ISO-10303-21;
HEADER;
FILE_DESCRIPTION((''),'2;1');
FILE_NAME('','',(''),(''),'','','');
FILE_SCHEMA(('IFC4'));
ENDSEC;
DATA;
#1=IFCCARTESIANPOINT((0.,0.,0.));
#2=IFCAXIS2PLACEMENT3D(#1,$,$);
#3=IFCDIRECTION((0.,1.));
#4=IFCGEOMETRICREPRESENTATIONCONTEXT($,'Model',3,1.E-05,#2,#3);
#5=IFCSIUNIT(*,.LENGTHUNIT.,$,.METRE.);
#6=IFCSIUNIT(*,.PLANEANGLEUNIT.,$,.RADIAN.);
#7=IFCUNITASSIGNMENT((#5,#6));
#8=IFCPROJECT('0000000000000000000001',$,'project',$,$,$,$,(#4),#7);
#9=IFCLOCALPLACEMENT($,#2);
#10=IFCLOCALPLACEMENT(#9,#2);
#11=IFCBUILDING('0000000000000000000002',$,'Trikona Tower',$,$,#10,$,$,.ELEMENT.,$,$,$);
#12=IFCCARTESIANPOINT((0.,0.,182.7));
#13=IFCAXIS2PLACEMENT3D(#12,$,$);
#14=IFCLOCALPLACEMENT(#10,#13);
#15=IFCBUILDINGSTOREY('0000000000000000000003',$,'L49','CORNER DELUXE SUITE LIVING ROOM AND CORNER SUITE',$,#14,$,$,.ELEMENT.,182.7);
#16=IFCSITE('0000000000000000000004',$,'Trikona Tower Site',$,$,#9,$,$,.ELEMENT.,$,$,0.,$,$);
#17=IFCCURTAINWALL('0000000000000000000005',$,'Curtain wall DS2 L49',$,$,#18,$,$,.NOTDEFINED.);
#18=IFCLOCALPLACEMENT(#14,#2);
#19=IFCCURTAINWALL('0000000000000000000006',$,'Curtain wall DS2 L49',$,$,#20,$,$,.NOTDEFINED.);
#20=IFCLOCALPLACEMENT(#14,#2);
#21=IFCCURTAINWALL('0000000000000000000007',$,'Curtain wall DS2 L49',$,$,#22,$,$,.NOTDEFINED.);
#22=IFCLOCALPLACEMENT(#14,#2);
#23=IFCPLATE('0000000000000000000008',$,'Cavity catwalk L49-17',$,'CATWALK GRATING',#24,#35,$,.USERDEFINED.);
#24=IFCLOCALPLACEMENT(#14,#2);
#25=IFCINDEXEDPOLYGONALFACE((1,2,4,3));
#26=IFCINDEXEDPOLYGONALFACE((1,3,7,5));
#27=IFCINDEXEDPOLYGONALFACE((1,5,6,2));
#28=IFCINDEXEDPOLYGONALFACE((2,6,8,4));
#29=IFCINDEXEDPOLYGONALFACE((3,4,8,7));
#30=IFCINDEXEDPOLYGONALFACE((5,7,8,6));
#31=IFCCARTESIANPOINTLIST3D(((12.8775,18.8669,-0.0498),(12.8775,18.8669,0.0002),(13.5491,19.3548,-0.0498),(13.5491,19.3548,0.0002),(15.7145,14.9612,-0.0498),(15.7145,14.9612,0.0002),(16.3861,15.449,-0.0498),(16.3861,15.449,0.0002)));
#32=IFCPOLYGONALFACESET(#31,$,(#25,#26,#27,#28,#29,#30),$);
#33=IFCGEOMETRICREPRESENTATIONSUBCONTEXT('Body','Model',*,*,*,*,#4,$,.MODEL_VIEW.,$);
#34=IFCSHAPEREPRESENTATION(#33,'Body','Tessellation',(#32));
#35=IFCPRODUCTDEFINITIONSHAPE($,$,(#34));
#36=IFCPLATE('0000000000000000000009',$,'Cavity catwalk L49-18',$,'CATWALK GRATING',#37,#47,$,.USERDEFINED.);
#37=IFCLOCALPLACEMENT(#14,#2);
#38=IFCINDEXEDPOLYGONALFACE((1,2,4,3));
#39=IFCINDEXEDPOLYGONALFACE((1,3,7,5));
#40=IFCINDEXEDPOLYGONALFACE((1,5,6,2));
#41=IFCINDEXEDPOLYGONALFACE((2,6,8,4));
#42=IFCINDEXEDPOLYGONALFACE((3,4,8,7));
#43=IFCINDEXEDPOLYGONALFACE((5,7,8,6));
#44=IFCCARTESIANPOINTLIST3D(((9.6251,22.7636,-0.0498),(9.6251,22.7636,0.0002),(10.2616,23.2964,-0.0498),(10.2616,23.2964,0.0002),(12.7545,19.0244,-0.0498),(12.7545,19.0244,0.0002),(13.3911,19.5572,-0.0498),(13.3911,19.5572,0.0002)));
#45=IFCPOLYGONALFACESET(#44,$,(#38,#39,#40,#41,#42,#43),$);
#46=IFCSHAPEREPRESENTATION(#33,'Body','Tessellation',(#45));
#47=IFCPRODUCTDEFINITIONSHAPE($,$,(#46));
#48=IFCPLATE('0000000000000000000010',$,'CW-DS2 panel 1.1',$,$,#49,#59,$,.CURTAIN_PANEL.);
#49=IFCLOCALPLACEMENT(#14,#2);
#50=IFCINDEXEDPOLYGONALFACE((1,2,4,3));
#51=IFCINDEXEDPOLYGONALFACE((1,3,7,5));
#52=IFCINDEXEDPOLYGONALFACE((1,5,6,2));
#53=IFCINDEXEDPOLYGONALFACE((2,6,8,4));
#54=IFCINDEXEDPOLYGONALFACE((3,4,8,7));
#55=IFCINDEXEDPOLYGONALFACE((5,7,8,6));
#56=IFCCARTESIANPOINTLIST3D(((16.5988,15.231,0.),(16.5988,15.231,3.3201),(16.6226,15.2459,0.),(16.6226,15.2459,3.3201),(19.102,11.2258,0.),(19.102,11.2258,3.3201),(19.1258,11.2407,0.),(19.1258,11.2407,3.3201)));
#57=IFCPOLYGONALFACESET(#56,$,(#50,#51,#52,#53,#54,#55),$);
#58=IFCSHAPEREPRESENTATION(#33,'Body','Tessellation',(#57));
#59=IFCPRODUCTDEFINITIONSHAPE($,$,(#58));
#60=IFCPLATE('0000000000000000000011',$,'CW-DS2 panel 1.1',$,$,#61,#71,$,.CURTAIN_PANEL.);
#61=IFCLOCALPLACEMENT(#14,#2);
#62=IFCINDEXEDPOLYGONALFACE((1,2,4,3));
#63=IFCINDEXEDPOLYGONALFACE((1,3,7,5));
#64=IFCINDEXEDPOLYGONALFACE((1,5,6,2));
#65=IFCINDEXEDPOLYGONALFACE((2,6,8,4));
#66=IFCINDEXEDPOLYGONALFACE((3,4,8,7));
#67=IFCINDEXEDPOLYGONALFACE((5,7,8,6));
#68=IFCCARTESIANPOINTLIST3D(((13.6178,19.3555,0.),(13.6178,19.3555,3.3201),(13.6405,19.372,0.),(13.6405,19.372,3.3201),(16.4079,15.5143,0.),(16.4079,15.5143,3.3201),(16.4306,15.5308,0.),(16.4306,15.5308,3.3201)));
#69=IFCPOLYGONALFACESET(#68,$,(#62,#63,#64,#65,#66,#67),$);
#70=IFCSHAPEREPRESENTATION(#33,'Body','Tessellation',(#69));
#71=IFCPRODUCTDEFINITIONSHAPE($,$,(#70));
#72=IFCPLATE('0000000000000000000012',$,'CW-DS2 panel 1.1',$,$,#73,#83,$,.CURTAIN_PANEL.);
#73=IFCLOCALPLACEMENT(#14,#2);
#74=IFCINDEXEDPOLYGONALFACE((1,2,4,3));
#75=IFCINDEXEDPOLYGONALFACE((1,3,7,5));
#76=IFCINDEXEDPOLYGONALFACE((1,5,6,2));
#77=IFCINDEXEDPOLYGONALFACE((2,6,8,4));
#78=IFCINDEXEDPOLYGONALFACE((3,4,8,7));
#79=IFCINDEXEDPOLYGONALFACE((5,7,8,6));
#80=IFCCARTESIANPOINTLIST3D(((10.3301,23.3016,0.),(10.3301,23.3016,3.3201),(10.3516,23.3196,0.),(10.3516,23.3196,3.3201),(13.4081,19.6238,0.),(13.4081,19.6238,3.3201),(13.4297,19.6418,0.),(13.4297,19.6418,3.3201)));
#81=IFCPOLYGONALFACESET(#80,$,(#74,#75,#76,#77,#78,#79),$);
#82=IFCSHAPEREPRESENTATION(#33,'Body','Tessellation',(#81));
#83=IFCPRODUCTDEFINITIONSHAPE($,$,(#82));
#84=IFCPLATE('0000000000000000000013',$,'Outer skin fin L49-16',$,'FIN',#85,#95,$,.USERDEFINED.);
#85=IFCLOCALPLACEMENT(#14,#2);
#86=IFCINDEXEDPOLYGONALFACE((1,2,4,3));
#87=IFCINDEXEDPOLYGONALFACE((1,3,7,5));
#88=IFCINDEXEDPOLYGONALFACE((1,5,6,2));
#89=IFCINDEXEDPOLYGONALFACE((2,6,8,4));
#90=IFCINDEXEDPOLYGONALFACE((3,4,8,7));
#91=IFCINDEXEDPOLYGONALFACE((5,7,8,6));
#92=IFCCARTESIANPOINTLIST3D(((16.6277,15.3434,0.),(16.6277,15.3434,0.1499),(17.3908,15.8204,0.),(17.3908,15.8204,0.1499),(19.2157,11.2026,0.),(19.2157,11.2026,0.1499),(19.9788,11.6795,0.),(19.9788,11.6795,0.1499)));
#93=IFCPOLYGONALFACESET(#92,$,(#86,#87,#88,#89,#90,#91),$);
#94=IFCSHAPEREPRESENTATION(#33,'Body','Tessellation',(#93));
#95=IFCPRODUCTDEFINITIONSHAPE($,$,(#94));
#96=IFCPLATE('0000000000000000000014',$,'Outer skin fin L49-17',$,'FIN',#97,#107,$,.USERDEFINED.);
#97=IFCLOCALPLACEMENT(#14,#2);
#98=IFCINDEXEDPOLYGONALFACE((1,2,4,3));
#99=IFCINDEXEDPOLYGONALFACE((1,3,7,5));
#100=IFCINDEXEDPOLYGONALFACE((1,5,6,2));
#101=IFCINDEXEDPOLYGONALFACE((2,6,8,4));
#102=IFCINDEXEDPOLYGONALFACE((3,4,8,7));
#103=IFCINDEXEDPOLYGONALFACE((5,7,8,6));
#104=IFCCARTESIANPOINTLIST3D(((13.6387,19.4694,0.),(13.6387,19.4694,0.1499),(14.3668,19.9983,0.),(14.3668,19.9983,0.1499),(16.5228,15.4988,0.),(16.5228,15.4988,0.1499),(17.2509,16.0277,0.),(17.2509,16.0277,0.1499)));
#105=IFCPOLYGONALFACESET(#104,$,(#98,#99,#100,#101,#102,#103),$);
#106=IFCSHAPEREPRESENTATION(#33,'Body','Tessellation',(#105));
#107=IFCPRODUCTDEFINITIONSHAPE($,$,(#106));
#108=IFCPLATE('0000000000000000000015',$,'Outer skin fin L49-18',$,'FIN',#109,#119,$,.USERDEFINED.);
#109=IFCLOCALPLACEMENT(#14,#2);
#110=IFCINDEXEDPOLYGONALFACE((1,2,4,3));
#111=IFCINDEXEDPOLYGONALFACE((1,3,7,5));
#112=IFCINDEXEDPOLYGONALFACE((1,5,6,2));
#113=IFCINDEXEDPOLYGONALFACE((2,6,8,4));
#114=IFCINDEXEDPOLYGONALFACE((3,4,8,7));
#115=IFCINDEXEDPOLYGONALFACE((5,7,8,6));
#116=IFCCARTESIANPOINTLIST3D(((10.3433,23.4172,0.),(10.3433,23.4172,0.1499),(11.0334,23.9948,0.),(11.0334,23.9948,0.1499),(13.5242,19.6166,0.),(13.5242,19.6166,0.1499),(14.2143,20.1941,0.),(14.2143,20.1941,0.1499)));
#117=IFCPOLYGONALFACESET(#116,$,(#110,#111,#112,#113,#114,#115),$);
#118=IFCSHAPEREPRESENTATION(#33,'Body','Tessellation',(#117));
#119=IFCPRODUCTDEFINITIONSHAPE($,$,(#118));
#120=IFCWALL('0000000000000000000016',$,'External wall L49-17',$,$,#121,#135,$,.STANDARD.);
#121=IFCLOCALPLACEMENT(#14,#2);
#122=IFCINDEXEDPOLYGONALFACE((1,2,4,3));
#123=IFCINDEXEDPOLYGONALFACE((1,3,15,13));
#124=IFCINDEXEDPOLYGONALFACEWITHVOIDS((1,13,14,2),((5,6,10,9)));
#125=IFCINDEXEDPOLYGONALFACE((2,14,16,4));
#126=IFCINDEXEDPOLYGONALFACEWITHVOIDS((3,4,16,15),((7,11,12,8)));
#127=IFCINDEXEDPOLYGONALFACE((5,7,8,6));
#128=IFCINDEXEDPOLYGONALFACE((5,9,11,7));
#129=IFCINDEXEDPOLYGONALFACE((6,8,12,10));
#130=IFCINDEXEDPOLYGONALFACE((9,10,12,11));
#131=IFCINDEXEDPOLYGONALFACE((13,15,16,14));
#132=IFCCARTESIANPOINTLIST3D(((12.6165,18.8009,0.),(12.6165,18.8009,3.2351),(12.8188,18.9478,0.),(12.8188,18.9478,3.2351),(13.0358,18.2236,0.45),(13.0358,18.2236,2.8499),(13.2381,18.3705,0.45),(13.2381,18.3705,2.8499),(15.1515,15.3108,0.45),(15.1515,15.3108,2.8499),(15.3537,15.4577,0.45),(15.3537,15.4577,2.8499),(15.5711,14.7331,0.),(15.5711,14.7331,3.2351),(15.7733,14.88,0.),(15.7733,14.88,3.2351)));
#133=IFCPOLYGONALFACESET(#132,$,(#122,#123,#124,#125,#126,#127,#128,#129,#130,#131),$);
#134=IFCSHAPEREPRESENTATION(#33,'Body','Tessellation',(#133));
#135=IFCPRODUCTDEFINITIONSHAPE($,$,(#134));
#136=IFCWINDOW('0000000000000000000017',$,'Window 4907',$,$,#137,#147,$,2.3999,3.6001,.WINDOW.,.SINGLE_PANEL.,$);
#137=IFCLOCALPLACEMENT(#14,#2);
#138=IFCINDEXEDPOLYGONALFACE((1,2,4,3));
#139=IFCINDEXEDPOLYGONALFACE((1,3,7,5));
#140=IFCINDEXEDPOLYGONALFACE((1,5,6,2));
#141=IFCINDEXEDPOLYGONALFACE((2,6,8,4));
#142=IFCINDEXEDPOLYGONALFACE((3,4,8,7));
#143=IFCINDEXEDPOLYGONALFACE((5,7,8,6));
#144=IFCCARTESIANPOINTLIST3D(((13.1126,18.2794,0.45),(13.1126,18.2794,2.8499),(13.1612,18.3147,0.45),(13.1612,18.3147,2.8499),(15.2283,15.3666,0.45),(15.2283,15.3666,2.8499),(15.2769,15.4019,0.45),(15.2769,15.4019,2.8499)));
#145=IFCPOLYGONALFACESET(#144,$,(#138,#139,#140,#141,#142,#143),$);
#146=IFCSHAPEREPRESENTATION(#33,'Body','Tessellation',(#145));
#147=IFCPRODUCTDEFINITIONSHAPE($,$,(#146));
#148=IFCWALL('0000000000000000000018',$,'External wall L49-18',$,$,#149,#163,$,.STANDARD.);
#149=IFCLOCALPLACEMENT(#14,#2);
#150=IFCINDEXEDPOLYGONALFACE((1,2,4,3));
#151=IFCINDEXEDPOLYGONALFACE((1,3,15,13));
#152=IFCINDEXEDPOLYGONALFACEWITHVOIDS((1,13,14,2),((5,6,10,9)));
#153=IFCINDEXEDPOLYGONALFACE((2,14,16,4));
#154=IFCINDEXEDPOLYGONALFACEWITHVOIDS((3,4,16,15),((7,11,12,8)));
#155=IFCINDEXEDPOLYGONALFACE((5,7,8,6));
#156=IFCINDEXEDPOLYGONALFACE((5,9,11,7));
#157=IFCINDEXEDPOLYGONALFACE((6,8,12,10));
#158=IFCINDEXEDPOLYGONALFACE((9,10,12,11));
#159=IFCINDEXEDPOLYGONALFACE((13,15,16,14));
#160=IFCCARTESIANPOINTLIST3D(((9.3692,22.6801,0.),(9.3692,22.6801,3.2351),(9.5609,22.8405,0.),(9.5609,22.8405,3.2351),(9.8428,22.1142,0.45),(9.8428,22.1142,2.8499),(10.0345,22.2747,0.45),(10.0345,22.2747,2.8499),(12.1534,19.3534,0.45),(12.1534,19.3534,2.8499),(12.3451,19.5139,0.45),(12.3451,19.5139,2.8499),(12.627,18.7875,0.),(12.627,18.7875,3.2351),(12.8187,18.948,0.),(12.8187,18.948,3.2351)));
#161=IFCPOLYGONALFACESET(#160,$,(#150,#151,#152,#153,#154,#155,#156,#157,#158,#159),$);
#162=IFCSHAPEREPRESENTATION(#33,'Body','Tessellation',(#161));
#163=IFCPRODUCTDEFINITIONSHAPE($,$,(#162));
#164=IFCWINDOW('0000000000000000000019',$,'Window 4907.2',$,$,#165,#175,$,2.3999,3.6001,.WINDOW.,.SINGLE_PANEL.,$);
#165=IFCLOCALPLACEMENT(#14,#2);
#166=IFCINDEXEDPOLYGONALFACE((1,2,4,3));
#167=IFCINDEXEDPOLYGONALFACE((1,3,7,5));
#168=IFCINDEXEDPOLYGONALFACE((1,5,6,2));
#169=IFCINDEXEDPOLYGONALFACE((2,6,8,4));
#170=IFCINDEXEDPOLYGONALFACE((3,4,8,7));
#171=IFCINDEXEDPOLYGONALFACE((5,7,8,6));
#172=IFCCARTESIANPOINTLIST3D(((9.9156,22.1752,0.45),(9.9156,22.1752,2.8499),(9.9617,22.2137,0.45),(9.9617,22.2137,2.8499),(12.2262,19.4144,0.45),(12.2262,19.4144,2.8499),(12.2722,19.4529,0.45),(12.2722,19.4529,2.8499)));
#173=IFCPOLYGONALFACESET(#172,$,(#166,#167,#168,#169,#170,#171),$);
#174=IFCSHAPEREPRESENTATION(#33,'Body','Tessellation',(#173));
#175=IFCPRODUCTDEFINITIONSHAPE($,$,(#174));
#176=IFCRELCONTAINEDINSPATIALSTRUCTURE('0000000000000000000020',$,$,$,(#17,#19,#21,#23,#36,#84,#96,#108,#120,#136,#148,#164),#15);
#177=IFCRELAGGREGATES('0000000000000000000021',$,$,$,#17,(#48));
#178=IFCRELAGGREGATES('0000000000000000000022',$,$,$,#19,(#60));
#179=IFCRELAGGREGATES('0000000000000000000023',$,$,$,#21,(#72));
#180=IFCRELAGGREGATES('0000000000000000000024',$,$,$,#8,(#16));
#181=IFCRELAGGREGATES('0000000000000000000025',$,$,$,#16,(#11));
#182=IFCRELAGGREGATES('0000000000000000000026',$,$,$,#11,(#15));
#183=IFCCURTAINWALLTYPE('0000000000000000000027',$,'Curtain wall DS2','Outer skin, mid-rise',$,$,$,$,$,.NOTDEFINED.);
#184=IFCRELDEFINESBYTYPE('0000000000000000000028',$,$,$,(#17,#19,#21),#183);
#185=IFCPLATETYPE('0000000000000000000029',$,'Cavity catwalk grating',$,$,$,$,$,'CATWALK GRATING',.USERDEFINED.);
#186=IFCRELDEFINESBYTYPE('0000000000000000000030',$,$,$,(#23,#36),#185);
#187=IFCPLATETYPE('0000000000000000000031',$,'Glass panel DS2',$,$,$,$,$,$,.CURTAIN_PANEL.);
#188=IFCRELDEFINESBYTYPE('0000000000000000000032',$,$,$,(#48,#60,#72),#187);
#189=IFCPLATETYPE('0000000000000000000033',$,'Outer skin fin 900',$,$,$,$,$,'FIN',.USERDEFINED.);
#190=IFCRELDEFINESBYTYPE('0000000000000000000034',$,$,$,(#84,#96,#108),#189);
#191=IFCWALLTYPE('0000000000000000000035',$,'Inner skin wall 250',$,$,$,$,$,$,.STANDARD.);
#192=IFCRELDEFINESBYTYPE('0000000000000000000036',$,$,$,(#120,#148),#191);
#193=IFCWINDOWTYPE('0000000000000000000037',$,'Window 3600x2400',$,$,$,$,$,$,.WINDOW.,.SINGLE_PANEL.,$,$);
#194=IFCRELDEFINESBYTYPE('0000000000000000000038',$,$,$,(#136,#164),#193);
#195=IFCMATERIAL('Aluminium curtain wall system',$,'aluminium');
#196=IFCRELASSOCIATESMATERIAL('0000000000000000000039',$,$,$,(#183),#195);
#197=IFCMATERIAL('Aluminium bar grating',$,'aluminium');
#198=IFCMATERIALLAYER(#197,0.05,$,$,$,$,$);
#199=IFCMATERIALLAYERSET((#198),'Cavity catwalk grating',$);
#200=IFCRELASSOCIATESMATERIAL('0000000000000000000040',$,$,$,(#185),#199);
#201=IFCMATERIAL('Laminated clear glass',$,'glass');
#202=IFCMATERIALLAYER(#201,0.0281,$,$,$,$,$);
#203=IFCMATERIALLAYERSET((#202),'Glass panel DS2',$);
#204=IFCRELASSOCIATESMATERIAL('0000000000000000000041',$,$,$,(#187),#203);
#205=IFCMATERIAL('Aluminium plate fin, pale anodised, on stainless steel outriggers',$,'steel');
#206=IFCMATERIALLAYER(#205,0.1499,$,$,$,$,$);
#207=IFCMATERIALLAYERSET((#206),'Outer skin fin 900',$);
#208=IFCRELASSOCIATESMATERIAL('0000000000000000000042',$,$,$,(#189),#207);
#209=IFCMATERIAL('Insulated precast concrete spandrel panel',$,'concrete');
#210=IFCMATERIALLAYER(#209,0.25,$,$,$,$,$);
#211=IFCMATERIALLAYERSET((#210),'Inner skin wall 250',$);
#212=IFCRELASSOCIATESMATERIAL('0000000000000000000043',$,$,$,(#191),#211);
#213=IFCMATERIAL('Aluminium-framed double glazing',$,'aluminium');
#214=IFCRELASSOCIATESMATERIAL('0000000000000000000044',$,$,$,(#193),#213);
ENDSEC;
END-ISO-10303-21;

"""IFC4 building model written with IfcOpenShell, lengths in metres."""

from ifc_helpers import new_model, si_unit, direction, frame, frame_2d, origin, origin_2d, place, context, subcontext, project, spatial, rectangle, extrude, material, layer, layer_set, type_object, element, fill, aggregate, save


model = new_model("IFC4")

# Units and contexts
model_context = context("Model", 3, precision=1e-05, world=origin(), true_north=direction((0.0, 1.0)))
body_context = subcontext(model_context, "Body", "Model", "MODEL_VIEW")
ifc_project = project(units=[si_unit("LENGTHUNIT", "METRE"), si_unit("PLANEANGLEUNIT", "RADIAN")], contexts=[model_context])

# Site, building, storey
site_placement = place(None, origin())
site = spatial("IfcSite", under=ifc_project, at=site_placement, Name="Trikona Tower Site", CompositionType="ELEMENT", RefElevation=0.0)
building_placement = place(site_placement, origin())
building = spatial("IfcBuilding", under=site, at=building_placement, Name="Trikona Tower", CompositionType="ELEMENT")
storey_placement = place(building_placement, frame((0.0, 0.0, 182.7)))
storey = spatial("IfcBuildingStorey", under=building, at=storey_placement, Name="L49", Description="CORNER DELUXE SUITE LIVING ROOM AND CORNER SUITE", CompositionType="ELEMENT", Elevation=182.7)

# Curtain walls
ifc_material_1 = material(Name="Aluminium curtain wall system", Category="aluminium")
curtain_wall_type = type_object("IfcCurtainWallType", Name="Curtain wall DS2", Description="Outer skin, mid-rise", PredefinedType="NOTDEFINED", material=ifc_material_1)
curtain_wall_1_placement = place(storey_placement, origin())
curtain_wall_1 = element("IfcCurtainWall", 1, at=curtain_wall_1_placement, inside=storey, type_object=curtain_wall_type, Name="Curtain wall DS2 L49", PredefinedType="NOTDEFINED")
curtain_wall_2_placement = place(storey_placement, origin())
curtain_wall_2 = element("IfcCurtainWall", 2, at=curtain_wall_2_placement, inside=storey, type_object=curtain_wall_type, Name="Curtain wall DS2 L49", PredefinedType="NOTDEFINED")
curtain_wall_3_placement = place(storey_placement, origin())
curtain_wall_3 = element("IfcCurtainWall", 3, at=curtain_wall_3_placement, inside=storey, type_object=curtain_wall_type, Name="Curtain wall DS2 L49", PredefinedType="NOTDEFINED")

# Plates
ifc_material_2 = material(Name="Aluminium bar grating", Category="aluminium")
ifc_layer_1 = layer(ifc_material_2, 0.05)
ifc_layer_set_1 = layer_set([ifc_layer_1], Name="Cavity catwalk grating")
plate_type_1 = type_object("IfcPlateType", Name="Cavity catwalk grating", ElementType="CATWALK GRATING", PredefinedType="USERDEFINED", material=ifc_layer_set_1)
plate_1_placement = place(storey_placement, frame((14.6318, 17.158, -0.0498), z_axis=(0.0, 0.0, 1.0), x_axis=(-0.587686, 0.809089, 0.0)))
element("IfcPlate", 4, at=plate_1_placement, inside=storey, type_object=plate_type_1, Name="Cavity catwalk L49-17", ObjectType="CATWALK GRATING", PredefinedType="USERDEFINED", context=body_context, shape_type="SweptSolid", body=[
    extrude(rectangle(XDim=4.8274, YDim=0.8301, at=origin_2d()), origin(), (0.0, 0.0, 1.0), 0.05),
])
plate_2_placement = place(storey_placement, frame((11.5081, 21.1604, -0.0498), z_axis=(0.0, 0.0, 1.0), x_axis=(-0.641807, 0.766866, 0.0)))
element("IfcPlate", 5, at=plate_2_placement, inside=storey, type_object=plate_type_1, Name="Cavity catwalk L49-18", ObjectType="CATWALK GRATING", PredefinedType="USERDEFINED", context=body_context, shape_type="SweptSolid", body=[
    extrude(rectangle(XDim=4.876, YDim=0.8301, at=origin_2d()), origin(), (0.0, 0.0, 1.0), 0.05),
])

# Plates
ifc_material_3 = material(Name="Laminated clear glass", Category="glass")
ifc_layer_2 = layer(ifc_material_3, 0.0281)
ifc_layer_set_2 = layer_set([ifc_layer_2], Name="Glass panel DS2")
plate_type_2 = type_object("IfcPlateType", Name="Glass panel DS2", PredefinedType="CURTAIN_PANEL", material=ifc_layer_set_2)
plate_3_placement = place(storey_placement, frame((17.8623, 13.2358, 0.0), z_axis=(0.0, 0.0, 1.0), x_axis=(-0.529999, 0.847998, 0.0)))
plate_3 = element("IfcPlate", 6, at=plate_3_placement, type_object=plate_type_2, Name="CW-DS2 panel 1.1", PredefinedType="CURTAIN_PANEL", context=body_context, shape_type="SweptSolid", body=[
    extrude(rectangle(XDim=4.7231, YDim=0.0281, at=origin_2d()), origin(), (0.0, 0.0, 1.0), 3.3201),
])
aggregate(curtain_wall_1, [plate_3])
plate_4_placement = place(storey_placement, frame((15.0242, 17.4431, 0.0), z_axis=(0.0, 0.0, 1.0), x_axis=(-0.587691, 0.809086, 0.0)))
plate_4 = element("IfcPlate", 7, at=plate_4_placement, type_object=plate_type_2, Name="CW-DS2 panel 1.1", PredefinedType="CURTAIN_PANEL", context=body_context, shape_type="SweptSolid", body=[
    extrude(rectangle(XDim=4.7476, YDim=0.0281, at=origin_2d()), origin(), (0.0, 0.0, 1.0), 3.3201),
])
aggregate(curtain_wall_2, [plate_4])
plate_5_placement = place(storey_placement, frame((11.8799, 21.4717, 0.0), z_axis=(0.0, 0.0, 1.0), x_axis=(-0.641806, 0.766867, 0.0)))
plate_5 = element("IfcPlate", 8, at=plate_5_placement, type_object=plate_type_2, Name="CW-DS2 panel 1.1", PredefinedType="CURTAIN_PANEL", context=body_context, shape_type="SweptSolid", body=[
    extrude(rectangle(XDim=4.7959, YDim=0.0281, at=origin_2d()), origin(), (0.0, 0.0, 1.0), 3.3201),
])
aggregate(curtain_wall_3, [plate_5])

# Plates
ifc_material_4 = material(Name="Aluminium plate fin, pale anodised, on stainless steel outriggers", Category="steel")
ifc_layer_3 = layer(ifc_material_4, 0.1499)
ifc_layer_set_3 = layer_set([ifc_layer_3], Name="Outer skin fin 900")
plate_type_3 = type_object("IfcPlateType", Name="Outer skin fin 900", ElementType="FIN", PredefinedType="USERDEFINED", material=ifc_layer_set_3)
plate_6_placement = place(storey_placement, frame((18.3032, 13.5115, 0.0), z_axis=(0.0, 0.0, 1.0), x_axis=(-0.529995, 0.848001, 0.0)))
element("IfcPlate", 9, at=plate_6_placement, inside=storey, type_object=plate_type_3, Name="Outer skin fin L49-16", ObjectType="FIN", PredefinedType="USERDEFINED", context=body_context, shape_type="SweptSolid", body=[
    extrude(rectangle(XDim=4.8831, YDim=0.8999, at=origin_2d()), origin(), (0.0, 0.0, 1.0), 0.1499),
])
plate_7_placement = place(storey_placement, frame((15.4448, 17.7485, 0.0), z_axis=(0.0, 0.0, 1.0), x_axis=(-0.587686, 0.809089, 0.0)))
element("IfcPlate", 10, at=plate_7_placement, inside=storey, type_object=plate_type_3, Name="Outer skin fin L49-17", ObjectType="FIN", PredefinedType="USERDEFINED", context=body_context, shape_type="SweptSolid", body=[
    extrude(rectangle(XDim=4.9075, YDim=0.8999, at=origin_2d()), origin(), (0.0, 0.0, 1.0), 0.1499),
])
plate_8_placement = place(storey_placement, frame((12.2788, 21.8057, 0.0), z_axis=(0.0, 0.0, 1.0), x_axis=(-0.641807, 0.766866, 0.0)))
element("IfcPlate", 11, at=plate_8_placement, inside=storey, type_object=plate_type_3, Name="Outer skin fin L49-18", ObjectType="FIN", PredefinedType="USERDEFINED", context=body_context, shape_type="SweptSolid", body=[
    extrude(rectangle(XDim=4.9561, YDim=0.8999, at=origin_2d()), origin(), (0.0, 0.0, 1.0), 0.1499),
])

# Walls, openings, windows
ifc_material_5 = material(Name="Insulated precast concrete spandrel panel", Category="concrete")
ifc_layer_4 = layer(ifc_material_5, 0.25)
ifc_layer_set_4 = layer_set([ifc_layer_4], Name="Inner skin wall 250")
wall_type = type_object("IfcWallType", Name="Inner skin wall 250", PredefinedType="STANDARD", material=ifc_layer_set_4)
wall_1_placement = place(storey_placement, frame((15.6721, 14.8066, 0.0), z_axis=(0.0, 0.0, 1.0), x_axis=(-0.587669, 0.809101, 0.0)))
wall_1 = element("IfcWall", 12, at=wall_1_placement, inside=storey, type_object=wall_type, Name="External wall L49-17", PredefinedType="STANDARD", context=body_context, shape_type="SweptSolid", body=[
    extrude(rectangle(XDim=5.0276, YDim=0.25, at=frame_2d((2.5137, 0.0))), origin(), (0.0, 0.0, 1.0), 3.2351),
])
opening_1_placement = place(wall_1_placement, frame((0.7139, 0.0, 0.45)))
opening_1 = element("IfcOpeningElement", 13, at=opening_1_placement, cuts=wall_1, PredefinedType="OPENING", context=body_context, shape_type="SweptSolid", body=[
    extrude(rectangle(XDim=3.6001, YDim=2.3999, at=frame_2d((1.8, 1.2))), frame((0.0, 0.135, 0.0), z_axis=(0.0, -1.0, 0.0), x_axis=(1.0, 0.0, 0.0)), (0.0, 0.0, 1.0), 0.27),
])
ifc_material_6 = material(Name="Aluminium-framed double glazing", Category="aluminium")
window_type = type_object("IfcWindowType", Name="Window 3600x2400", PartitioningType="SINGLE_PANEL", PredefinedType="WINDOW", material=ifc_material_6)
window_1_placement = place(opening_1_placement, origin())
window_1 = element("IfcWindow", 14, at=window_1_placement, inside=storey, type_object=window_type, Name="Window 4907", OverallHeight=2.3999, OverallWidth=3.6001, PartitioningType="SINGLE_PANEL", PredefinedType="WINDOW", context=body_context, shape_type="SweptSolid", body=[
    extrude(rectangle(XDim=3.6001, YDim=2.3999, at=frame_2d((1.8, 1.2))), frame((0.0, 0.03, 0.0), z_axis=(0.0, -1.0, 0.0), x_axis=(1.0, 0.0, 0.0)), (0.0, 0.0, 1.0), 0.0601),
])
fill(opening_1, window_1)
wall_2_placement = place(storey_placement, frame((12.7229, 18.8677, 0.0), z_axis=(0.0, 0.0, 1.0), x_axis=(-0.64181, 0.766863, 0.0)))
wall_2 = element("IfcWall", 15, at=wall_2_placement, inside=storey, type_object=wall_type, Name="External wall L49-18", PredefinedType="STANDARD", context=body_context, shape_type="SweptSolid", body=[
    extrude(rectangle(XDim=5.0759, YDim=0.25, at=frame_2d((2.5381, 0.0))), origin(), (0.0, 0.0, 1.0), 3.2351),
])
opening_2_placement = place(wall_2_placement, frame((0.738, 0.0, 0.45)))
opening_2 = element("IfcOpeningElement", 16, at=opening_2_placement, cuts=wall_2, PredefinedType="OPENING", context=body_context, shape_type="SweptSolid", body=[
    extrude(rectangle(XDim=3.6001, YDim=2.3999, at=frame_2d((1.8, 1.2))), frame((0.0, 0.135, 0.0), z_axis=(0.0, -1.0, 0.0), x_axis=(1.0, 0.0, 0.0)), (0.0, 0.0, 1.0), 0.27),
])
window_2_placement = place(opening_2_placement, origin())
window_2 = element("IfcWindow", 17, at=window_2_placement, inside=storey, type_object=window_type, Name="Window 4907.2", OverallHeight=2.3999, OverallWidth=3.6001, PartitioningType="SINGLE_PANEL", PredefinedType="WINDOW", context=body_context, shape_type="SweptSolid", body=[
    extrude(rectangle(XDim=3.6001, YDim=2.3999, at=frame_2d((1.8, 1.2))), frame((0.0, 0.03, 0.0), z_axis=(0.0, -1.0, 0.0), x_axis=(1.0, 0.0, 0.0)), (0.0, 0.0, 1.0), 0.0601),
])
fill(opening_2, window_2)

save(model, "model.ifc")
